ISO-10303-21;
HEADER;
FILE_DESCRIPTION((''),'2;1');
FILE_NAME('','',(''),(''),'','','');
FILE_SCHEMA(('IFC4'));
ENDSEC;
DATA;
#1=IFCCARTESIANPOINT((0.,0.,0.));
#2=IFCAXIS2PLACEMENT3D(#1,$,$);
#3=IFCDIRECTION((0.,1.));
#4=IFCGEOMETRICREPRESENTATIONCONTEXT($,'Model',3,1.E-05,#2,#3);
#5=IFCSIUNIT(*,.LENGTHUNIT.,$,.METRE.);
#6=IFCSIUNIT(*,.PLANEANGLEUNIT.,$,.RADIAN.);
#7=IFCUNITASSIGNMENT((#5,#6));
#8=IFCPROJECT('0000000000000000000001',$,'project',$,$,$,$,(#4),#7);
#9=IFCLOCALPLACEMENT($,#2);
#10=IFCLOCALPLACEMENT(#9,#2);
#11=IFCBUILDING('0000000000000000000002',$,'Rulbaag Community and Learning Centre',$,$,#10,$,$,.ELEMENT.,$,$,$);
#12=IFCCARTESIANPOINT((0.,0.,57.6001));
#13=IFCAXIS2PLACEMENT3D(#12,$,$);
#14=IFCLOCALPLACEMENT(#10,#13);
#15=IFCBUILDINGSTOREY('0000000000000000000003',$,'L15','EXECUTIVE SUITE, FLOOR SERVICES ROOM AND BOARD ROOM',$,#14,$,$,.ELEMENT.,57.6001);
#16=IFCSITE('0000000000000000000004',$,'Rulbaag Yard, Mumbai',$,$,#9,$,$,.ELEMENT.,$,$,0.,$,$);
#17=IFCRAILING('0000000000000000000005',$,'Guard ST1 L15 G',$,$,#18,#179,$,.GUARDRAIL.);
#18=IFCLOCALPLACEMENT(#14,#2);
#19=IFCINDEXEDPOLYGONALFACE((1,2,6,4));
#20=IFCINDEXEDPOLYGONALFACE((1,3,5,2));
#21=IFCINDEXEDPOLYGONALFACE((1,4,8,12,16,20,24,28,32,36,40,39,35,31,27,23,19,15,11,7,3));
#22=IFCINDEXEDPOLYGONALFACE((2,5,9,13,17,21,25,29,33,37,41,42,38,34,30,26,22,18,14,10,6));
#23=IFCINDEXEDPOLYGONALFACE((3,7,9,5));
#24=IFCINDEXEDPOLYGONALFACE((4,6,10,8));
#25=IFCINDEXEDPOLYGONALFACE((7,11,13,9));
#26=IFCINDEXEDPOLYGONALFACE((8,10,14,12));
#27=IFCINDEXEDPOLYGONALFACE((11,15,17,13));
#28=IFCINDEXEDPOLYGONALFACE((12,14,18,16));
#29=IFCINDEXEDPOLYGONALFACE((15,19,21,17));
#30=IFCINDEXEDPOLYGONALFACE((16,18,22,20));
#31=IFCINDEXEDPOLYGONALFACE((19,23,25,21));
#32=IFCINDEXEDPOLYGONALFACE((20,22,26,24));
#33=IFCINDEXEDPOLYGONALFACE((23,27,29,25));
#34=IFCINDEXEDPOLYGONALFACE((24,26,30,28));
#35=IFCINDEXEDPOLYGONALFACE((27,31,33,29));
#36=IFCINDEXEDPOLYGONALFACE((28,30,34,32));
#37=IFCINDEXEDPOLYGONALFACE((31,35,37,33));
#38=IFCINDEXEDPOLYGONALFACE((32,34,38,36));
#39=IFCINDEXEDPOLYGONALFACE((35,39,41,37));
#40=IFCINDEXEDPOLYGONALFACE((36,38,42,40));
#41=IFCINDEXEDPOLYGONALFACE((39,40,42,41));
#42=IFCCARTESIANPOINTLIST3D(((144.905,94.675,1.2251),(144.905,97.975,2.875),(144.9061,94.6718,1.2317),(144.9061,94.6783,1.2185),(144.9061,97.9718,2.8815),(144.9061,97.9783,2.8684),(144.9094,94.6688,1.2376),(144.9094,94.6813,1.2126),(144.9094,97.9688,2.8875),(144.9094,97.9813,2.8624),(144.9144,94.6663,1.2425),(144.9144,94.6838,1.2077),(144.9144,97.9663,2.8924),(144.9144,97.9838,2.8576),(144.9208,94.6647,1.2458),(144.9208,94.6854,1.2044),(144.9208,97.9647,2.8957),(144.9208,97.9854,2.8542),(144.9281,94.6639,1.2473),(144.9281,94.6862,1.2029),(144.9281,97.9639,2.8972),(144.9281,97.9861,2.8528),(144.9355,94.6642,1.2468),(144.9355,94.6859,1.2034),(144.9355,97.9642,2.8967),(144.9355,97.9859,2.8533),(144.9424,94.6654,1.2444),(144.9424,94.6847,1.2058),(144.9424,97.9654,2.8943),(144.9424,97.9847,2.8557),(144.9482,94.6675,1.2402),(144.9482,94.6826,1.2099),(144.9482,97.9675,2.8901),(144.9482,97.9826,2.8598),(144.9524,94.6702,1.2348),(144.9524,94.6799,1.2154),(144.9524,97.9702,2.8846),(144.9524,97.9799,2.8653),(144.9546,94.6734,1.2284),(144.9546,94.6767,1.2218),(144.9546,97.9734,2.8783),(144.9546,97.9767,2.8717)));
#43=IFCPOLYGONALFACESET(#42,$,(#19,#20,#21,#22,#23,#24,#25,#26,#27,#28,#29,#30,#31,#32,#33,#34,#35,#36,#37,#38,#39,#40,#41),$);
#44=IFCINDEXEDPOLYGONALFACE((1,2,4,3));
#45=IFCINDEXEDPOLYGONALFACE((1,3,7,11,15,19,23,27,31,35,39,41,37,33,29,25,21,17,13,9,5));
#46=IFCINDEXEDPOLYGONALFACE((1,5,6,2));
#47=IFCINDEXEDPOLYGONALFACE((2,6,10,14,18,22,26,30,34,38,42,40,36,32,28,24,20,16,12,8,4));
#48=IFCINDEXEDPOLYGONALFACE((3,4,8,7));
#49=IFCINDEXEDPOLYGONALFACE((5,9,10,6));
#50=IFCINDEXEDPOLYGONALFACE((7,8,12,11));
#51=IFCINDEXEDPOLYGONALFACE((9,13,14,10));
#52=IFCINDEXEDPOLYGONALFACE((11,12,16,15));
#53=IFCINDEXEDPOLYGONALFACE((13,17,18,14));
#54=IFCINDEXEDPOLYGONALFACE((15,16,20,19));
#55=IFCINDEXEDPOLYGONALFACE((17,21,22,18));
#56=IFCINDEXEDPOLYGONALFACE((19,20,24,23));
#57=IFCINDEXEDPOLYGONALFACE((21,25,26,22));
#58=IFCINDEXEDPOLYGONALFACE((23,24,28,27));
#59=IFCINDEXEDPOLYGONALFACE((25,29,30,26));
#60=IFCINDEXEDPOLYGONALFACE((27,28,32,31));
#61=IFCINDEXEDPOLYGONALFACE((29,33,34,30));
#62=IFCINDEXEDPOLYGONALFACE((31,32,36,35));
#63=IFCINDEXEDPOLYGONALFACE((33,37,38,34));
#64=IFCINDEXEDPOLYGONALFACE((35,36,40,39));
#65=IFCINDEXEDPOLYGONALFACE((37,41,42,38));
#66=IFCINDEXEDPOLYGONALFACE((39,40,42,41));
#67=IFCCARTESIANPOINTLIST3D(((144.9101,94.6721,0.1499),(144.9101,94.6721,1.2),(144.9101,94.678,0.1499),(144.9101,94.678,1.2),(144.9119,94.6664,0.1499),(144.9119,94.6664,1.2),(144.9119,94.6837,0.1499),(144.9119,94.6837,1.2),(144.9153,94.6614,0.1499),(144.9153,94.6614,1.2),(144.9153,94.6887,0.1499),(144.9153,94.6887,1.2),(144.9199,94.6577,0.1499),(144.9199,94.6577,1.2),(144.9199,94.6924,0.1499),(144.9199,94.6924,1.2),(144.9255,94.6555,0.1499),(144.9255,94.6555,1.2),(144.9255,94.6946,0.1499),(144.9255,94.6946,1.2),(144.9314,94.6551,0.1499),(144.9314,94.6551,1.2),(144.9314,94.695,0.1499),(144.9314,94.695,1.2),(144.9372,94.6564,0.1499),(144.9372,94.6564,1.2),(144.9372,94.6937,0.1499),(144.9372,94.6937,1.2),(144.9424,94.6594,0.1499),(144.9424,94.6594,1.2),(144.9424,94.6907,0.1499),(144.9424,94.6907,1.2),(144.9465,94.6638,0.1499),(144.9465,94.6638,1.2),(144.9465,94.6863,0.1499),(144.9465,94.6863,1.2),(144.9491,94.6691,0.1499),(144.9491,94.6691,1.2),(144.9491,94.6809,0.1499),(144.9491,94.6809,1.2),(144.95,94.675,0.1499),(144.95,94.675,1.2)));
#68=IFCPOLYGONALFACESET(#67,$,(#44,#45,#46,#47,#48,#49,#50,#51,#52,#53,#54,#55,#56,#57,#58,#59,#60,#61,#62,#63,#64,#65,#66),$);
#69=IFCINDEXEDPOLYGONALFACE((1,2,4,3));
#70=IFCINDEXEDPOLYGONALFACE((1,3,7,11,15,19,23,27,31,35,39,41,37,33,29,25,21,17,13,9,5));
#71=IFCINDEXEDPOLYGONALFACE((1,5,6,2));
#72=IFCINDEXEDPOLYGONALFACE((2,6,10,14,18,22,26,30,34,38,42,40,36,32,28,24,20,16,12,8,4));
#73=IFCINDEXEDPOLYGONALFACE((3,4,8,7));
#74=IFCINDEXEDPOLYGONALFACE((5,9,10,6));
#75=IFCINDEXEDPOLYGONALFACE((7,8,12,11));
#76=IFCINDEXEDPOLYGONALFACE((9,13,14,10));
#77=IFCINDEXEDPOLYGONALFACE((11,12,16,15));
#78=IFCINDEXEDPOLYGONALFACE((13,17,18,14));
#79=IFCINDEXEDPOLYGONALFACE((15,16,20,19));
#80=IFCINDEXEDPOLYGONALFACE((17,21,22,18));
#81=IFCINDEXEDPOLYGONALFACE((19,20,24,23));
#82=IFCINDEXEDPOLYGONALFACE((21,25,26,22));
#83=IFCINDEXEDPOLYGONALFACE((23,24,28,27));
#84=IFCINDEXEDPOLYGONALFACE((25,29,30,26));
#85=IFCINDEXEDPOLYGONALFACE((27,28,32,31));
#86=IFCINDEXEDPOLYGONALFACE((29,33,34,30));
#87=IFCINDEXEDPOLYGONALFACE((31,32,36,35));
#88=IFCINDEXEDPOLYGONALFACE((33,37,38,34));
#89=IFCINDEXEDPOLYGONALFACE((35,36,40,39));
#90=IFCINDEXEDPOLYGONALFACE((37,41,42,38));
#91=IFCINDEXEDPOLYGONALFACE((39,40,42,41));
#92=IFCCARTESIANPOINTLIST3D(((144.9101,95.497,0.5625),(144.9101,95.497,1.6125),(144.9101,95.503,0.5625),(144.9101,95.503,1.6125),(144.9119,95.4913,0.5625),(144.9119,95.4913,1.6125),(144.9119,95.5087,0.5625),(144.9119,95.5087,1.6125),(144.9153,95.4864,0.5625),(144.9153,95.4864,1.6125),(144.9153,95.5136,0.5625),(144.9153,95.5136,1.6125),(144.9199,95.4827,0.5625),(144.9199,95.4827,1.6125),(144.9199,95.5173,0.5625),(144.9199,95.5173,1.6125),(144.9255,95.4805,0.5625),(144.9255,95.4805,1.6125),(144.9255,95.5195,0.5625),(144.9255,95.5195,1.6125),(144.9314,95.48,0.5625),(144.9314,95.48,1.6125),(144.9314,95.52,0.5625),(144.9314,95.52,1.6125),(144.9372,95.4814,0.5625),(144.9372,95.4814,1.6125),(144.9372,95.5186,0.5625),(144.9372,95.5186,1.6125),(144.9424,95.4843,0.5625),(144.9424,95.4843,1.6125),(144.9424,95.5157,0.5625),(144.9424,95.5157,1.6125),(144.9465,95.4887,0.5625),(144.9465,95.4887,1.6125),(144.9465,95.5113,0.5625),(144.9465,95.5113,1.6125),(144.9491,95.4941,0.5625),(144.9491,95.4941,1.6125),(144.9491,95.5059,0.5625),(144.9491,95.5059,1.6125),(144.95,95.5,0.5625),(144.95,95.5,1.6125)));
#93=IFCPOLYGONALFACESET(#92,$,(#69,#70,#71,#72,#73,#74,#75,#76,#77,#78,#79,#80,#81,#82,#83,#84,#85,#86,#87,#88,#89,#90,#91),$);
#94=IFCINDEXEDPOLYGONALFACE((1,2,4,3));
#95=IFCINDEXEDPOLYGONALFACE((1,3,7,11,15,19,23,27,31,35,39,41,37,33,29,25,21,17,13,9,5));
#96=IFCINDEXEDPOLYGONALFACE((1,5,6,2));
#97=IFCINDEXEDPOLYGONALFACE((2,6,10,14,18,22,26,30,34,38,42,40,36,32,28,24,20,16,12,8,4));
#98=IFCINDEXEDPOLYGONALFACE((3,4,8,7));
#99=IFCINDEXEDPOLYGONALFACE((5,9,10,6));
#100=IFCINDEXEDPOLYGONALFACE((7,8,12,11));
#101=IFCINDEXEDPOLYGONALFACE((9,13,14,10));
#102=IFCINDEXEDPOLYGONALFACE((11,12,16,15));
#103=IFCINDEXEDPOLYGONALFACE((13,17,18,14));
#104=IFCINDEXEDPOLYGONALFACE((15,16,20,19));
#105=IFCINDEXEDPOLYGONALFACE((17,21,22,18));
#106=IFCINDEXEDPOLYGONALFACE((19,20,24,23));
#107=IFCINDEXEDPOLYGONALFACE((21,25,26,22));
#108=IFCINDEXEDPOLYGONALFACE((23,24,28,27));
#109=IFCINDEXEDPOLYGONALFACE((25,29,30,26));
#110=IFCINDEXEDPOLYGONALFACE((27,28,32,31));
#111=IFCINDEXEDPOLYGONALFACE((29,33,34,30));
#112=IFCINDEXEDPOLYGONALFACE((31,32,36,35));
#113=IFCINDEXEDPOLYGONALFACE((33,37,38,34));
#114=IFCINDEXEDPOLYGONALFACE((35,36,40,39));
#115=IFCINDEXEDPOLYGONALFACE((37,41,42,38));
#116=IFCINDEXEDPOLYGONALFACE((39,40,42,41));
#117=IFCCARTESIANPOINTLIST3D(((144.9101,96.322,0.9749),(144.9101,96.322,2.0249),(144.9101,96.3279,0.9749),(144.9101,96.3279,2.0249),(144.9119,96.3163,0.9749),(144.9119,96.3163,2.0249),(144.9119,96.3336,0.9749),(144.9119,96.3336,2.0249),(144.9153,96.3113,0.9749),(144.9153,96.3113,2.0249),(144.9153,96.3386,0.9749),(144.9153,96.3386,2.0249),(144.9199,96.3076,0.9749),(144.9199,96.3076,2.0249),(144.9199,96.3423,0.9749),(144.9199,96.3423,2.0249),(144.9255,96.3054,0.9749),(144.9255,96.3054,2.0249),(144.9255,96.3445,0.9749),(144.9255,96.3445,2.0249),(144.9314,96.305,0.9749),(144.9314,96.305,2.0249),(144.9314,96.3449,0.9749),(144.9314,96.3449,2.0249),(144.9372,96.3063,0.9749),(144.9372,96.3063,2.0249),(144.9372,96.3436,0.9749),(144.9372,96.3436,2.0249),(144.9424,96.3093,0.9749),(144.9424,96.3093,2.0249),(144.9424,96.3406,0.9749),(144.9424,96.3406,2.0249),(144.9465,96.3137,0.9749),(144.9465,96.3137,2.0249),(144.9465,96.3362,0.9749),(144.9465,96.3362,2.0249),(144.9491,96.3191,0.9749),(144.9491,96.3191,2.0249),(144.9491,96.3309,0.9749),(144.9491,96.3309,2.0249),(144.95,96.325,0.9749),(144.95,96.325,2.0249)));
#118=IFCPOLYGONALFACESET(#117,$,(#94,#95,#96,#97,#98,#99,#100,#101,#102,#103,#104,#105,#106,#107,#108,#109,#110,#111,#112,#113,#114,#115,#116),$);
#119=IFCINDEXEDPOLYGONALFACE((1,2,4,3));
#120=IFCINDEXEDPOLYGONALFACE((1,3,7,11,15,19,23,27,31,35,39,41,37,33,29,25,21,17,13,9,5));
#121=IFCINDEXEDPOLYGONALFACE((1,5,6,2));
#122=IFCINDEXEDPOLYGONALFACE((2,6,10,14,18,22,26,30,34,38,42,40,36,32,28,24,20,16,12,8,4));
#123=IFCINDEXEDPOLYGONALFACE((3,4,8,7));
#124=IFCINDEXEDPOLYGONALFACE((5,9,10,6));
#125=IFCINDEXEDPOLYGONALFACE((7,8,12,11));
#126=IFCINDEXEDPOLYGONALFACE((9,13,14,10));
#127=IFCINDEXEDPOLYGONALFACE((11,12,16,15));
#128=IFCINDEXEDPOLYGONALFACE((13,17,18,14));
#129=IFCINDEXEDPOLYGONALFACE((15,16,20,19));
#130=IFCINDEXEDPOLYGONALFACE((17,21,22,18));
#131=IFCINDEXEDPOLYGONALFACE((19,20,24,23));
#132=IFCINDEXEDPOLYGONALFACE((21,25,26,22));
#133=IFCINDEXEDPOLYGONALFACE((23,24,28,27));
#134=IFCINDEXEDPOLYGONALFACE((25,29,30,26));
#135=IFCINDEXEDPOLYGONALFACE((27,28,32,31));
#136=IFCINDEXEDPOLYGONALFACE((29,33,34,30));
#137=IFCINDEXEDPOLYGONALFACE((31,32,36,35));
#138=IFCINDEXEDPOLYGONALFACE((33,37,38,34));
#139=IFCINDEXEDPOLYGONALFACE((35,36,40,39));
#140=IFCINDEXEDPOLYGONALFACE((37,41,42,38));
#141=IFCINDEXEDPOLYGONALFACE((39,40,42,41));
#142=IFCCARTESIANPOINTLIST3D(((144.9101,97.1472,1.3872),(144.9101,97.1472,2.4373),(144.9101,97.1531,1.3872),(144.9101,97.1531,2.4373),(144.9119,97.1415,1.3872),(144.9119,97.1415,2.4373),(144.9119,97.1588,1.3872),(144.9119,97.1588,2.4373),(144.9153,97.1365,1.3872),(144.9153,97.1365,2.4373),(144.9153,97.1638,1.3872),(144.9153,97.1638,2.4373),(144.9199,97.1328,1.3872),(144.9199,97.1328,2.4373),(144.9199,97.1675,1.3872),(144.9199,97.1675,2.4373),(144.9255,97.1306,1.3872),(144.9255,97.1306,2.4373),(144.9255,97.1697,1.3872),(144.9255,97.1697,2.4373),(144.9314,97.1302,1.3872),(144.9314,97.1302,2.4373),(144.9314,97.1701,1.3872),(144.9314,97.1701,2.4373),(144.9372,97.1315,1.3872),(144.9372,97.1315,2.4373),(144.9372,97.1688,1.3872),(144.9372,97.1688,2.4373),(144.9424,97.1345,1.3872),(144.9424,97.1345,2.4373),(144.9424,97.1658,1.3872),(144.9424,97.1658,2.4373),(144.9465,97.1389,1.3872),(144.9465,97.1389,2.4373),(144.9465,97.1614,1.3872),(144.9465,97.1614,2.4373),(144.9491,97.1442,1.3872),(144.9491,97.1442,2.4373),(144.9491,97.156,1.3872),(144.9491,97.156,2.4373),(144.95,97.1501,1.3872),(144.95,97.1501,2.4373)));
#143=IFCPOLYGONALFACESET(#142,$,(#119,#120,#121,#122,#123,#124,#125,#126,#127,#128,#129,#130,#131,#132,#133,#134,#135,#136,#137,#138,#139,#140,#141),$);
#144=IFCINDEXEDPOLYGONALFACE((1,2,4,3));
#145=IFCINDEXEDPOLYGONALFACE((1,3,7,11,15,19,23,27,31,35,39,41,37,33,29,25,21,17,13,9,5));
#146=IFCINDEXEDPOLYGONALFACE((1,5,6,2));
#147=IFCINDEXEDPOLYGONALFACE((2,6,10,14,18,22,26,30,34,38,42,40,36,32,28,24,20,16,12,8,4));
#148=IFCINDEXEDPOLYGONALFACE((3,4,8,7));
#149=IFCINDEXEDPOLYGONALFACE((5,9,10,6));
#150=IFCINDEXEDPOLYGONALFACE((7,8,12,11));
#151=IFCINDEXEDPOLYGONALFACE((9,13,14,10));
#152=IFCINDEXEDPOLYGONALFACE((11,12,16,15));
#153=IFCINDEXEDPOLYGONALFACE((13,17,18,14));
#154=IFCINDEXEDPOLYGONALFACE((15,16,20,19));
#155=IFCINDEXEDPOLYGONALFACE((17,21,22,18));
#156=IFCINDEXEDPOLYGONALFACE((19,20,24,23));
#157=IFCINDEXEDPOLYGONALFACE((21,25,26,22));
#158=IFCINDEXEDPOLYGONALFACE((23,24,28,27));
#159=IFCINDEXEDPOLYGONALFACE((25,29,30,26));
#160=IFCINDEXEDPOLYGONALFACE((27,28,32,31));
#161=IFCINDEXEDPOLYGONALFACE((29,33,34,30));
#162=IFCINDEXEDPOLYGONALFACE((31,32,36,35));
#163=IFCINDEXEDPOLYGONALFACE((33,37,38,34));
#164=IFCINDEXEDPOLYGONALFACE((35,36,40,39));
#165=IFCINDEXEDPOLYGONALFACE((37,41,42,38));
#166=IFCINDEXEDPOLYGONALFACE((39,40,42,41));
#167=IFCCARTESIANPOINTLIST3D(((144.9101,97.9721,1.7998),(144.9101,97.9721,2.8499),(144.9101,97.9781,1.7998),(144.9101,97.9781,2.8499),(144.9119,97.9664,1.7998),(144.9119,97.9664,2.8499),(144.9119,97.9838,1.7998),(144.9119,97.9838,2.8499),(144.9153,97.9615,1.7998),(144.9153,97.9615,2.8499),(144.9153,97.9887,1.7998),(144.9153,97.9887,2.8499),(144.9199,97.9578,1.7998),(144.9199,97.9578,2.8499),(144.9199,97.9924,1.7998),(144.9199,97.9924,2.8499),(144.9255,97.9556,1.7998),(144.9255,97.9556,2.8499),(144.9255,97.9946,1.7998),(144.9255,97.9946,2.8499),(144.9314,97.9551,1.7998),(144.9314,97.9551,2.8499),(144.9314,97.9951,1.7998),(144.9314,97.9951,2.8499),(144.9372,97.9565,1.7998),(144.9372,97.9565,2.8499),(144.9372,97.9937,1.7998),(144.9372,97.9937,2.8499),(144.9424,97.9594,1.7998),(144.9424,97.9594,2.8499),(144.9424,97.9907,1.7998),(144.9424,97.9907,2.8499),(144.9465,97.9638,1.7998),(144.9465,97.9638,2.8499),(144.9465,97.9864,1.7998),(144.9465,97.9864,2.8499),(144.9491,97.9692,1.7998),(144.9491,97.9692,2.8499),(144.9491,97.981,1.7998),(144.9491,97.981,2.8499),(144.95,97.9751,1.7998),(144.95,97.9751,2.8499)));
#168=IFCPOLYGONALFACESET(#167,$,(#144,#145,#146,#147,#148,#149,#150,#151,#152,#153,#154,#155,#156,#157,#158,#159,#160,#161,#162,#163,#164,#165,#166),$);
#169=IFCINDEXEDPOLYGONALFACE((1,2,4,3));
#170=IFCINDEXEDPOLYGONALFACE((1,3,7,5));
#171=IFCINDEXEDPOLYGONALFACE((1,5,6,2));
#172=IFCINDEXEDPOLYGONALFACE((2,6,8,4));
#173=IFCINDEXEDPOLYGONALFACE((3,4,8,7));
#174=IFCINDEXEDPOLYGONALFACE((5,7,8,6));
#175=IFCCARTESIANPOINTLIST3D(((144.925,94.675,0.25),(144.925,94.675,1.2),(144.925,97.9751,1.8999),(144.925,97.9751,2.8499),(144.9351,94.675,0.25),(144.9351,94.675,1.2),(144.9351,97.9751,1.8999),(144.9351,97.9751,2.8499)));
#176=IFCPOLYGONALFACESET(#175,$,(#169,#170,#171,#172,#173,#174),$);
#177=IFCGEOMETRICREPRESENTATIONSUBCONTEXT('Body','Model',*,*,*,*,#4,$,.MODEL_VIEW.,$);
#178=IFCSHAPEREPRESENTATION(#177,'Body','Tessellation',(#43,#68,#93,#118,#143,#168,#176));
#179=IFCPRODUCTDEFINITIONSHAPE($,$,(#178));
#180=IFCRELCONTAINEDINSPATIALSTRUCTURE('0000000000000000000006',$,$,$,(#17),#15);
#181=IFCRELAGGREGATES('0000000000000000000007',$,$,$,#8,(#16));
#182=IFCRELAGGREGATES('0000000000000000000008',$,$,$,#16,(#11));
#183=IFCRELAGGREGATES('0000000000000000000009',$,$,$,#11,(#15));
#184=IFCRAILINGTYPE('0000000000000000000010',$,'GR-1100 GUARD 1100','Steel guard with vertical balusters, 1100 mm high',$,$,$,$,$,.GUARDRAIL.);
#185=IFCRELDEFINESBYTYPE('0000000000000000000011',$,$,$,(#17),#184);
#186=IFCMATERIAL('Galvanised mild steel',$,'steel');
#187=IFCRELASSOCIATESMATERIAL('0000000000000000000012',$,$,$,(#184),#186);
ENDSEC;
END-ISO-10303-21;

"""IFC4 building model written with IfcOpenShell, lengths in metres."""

from ifc_helpers import new_model, si_unit, direction, frame, origin, origin_2d, place, context, subcontext, project, spatial, polyline, circle, outline, extrude, material, type_object, element, save


model = new_model("IFC4")

# Units and contexts
model_context = context("Model", 3, precision=1e-05, world=origin(), true_north=direction((0.0, 1.0)))
body_context = subcontext(model_context, "Body", "Model", "MODEL_VIEW")
ifc_project = project(units=[si_unit("LENGTHUNIT", "METRE"), si_unit("PLANEANGLEUNIT", "RADIAN")], contexts=[model_context])

# Site, building, storey
site_placement = place(None, origin())
site = spatial("IfcSite", under=ifc_project, at=site_placement, Name="Rulbaag Yard, Mumbai", CompositionType="ELEMENT", RefElevation=0.0)
building_placement = place(site_placement, origin())
building = spatial("IfcBuilding", under=site, at=building_placement, Name="Rulbaag Community and Learning Centre", CompositionType="ELEMENT")
storey_placement = place(building_placement, frame((0.0, 0.0, 57.6001)))
storey = spatial("IfcBuildingStorey", under=building, at=storey_placement, Name="L15", Description="EXECUTIVE SUITE, FLOOR SERVICES ROOM AND BOARD ROOM", CompositionType="ELEMENT", Elevation=57.6001)

# Railing
ifc_material_1 = material(Name="Galvanised mild steel", Category="steel")
railing_type_1 = type_object("IfcRailingType", Name="GR-1100 GUARD 1100", Description="Steel guard with vertical balusters, 1100 mm high", PredefinedType="GUARDRAIL", material=ifc_material_1)
railing_1_placement = place(storey_placement, frame((144.9299, 94.675, 0.1499)))
element("IfcRailing", 1, at=railing_1_placement, inside=storey, type_object=railing_type_1, Name="Guard ST1 L15 G", PredefinedType="GUARDRAIL", context=body_context, shape_type="SweptSolid", body=[
    extrude(circle(Radius=0.0249, at=origin_2d()), frame((0.0, 0.0, 1.0752), z_axis=(0.0, 0.89444, 0.447187), x_axis=(-1.0, 0.0, 0.0)), (0.0, 0.0, 1.0), 3.6895),
    extrude(circle(Radius=0.02, at=origin_2d()), origin(), (0.0, 0.0, 1.0), 1.05),
    extrude(circle(Radius=0.02, at=origin_2d()), frame((0.0, 0.825, 0.4126)), (0.0, 0.0, 1.0), 1.05),
    extrude(circle(Radius=0.02, at=origin_2d()), frame((0.0, 1.6499, 0.825)), (0.0, 0.0, 1.0), 1.05),
    extrude(circle(Radius=0.02, at=origin_2d()), frame((0.0, 2.4751, 1.2373)), (0.0, 0.0, 1.0), 1.05),
    extrude(circle(Radius=0.02, at=origin_2d()), frame((0.0, 3.3, 1.6499)), (0.0, 0.0, 1.0), 1.05),
    extrude(outline(polyline([(0.0, 0.0), (3.3, 1.6499), (3.3, 2.5999), (0.0, 0.95), (0.0, 0.0)])), frame((-0.0049, 0.0, 0.1001), z_axis=(1.0, 0.0, 0.0), x_axis=(0.0, 1.0, 0.0)), (0.0, 0.0, 1.0), 0.01),
])

save(model, "model.ifc")
